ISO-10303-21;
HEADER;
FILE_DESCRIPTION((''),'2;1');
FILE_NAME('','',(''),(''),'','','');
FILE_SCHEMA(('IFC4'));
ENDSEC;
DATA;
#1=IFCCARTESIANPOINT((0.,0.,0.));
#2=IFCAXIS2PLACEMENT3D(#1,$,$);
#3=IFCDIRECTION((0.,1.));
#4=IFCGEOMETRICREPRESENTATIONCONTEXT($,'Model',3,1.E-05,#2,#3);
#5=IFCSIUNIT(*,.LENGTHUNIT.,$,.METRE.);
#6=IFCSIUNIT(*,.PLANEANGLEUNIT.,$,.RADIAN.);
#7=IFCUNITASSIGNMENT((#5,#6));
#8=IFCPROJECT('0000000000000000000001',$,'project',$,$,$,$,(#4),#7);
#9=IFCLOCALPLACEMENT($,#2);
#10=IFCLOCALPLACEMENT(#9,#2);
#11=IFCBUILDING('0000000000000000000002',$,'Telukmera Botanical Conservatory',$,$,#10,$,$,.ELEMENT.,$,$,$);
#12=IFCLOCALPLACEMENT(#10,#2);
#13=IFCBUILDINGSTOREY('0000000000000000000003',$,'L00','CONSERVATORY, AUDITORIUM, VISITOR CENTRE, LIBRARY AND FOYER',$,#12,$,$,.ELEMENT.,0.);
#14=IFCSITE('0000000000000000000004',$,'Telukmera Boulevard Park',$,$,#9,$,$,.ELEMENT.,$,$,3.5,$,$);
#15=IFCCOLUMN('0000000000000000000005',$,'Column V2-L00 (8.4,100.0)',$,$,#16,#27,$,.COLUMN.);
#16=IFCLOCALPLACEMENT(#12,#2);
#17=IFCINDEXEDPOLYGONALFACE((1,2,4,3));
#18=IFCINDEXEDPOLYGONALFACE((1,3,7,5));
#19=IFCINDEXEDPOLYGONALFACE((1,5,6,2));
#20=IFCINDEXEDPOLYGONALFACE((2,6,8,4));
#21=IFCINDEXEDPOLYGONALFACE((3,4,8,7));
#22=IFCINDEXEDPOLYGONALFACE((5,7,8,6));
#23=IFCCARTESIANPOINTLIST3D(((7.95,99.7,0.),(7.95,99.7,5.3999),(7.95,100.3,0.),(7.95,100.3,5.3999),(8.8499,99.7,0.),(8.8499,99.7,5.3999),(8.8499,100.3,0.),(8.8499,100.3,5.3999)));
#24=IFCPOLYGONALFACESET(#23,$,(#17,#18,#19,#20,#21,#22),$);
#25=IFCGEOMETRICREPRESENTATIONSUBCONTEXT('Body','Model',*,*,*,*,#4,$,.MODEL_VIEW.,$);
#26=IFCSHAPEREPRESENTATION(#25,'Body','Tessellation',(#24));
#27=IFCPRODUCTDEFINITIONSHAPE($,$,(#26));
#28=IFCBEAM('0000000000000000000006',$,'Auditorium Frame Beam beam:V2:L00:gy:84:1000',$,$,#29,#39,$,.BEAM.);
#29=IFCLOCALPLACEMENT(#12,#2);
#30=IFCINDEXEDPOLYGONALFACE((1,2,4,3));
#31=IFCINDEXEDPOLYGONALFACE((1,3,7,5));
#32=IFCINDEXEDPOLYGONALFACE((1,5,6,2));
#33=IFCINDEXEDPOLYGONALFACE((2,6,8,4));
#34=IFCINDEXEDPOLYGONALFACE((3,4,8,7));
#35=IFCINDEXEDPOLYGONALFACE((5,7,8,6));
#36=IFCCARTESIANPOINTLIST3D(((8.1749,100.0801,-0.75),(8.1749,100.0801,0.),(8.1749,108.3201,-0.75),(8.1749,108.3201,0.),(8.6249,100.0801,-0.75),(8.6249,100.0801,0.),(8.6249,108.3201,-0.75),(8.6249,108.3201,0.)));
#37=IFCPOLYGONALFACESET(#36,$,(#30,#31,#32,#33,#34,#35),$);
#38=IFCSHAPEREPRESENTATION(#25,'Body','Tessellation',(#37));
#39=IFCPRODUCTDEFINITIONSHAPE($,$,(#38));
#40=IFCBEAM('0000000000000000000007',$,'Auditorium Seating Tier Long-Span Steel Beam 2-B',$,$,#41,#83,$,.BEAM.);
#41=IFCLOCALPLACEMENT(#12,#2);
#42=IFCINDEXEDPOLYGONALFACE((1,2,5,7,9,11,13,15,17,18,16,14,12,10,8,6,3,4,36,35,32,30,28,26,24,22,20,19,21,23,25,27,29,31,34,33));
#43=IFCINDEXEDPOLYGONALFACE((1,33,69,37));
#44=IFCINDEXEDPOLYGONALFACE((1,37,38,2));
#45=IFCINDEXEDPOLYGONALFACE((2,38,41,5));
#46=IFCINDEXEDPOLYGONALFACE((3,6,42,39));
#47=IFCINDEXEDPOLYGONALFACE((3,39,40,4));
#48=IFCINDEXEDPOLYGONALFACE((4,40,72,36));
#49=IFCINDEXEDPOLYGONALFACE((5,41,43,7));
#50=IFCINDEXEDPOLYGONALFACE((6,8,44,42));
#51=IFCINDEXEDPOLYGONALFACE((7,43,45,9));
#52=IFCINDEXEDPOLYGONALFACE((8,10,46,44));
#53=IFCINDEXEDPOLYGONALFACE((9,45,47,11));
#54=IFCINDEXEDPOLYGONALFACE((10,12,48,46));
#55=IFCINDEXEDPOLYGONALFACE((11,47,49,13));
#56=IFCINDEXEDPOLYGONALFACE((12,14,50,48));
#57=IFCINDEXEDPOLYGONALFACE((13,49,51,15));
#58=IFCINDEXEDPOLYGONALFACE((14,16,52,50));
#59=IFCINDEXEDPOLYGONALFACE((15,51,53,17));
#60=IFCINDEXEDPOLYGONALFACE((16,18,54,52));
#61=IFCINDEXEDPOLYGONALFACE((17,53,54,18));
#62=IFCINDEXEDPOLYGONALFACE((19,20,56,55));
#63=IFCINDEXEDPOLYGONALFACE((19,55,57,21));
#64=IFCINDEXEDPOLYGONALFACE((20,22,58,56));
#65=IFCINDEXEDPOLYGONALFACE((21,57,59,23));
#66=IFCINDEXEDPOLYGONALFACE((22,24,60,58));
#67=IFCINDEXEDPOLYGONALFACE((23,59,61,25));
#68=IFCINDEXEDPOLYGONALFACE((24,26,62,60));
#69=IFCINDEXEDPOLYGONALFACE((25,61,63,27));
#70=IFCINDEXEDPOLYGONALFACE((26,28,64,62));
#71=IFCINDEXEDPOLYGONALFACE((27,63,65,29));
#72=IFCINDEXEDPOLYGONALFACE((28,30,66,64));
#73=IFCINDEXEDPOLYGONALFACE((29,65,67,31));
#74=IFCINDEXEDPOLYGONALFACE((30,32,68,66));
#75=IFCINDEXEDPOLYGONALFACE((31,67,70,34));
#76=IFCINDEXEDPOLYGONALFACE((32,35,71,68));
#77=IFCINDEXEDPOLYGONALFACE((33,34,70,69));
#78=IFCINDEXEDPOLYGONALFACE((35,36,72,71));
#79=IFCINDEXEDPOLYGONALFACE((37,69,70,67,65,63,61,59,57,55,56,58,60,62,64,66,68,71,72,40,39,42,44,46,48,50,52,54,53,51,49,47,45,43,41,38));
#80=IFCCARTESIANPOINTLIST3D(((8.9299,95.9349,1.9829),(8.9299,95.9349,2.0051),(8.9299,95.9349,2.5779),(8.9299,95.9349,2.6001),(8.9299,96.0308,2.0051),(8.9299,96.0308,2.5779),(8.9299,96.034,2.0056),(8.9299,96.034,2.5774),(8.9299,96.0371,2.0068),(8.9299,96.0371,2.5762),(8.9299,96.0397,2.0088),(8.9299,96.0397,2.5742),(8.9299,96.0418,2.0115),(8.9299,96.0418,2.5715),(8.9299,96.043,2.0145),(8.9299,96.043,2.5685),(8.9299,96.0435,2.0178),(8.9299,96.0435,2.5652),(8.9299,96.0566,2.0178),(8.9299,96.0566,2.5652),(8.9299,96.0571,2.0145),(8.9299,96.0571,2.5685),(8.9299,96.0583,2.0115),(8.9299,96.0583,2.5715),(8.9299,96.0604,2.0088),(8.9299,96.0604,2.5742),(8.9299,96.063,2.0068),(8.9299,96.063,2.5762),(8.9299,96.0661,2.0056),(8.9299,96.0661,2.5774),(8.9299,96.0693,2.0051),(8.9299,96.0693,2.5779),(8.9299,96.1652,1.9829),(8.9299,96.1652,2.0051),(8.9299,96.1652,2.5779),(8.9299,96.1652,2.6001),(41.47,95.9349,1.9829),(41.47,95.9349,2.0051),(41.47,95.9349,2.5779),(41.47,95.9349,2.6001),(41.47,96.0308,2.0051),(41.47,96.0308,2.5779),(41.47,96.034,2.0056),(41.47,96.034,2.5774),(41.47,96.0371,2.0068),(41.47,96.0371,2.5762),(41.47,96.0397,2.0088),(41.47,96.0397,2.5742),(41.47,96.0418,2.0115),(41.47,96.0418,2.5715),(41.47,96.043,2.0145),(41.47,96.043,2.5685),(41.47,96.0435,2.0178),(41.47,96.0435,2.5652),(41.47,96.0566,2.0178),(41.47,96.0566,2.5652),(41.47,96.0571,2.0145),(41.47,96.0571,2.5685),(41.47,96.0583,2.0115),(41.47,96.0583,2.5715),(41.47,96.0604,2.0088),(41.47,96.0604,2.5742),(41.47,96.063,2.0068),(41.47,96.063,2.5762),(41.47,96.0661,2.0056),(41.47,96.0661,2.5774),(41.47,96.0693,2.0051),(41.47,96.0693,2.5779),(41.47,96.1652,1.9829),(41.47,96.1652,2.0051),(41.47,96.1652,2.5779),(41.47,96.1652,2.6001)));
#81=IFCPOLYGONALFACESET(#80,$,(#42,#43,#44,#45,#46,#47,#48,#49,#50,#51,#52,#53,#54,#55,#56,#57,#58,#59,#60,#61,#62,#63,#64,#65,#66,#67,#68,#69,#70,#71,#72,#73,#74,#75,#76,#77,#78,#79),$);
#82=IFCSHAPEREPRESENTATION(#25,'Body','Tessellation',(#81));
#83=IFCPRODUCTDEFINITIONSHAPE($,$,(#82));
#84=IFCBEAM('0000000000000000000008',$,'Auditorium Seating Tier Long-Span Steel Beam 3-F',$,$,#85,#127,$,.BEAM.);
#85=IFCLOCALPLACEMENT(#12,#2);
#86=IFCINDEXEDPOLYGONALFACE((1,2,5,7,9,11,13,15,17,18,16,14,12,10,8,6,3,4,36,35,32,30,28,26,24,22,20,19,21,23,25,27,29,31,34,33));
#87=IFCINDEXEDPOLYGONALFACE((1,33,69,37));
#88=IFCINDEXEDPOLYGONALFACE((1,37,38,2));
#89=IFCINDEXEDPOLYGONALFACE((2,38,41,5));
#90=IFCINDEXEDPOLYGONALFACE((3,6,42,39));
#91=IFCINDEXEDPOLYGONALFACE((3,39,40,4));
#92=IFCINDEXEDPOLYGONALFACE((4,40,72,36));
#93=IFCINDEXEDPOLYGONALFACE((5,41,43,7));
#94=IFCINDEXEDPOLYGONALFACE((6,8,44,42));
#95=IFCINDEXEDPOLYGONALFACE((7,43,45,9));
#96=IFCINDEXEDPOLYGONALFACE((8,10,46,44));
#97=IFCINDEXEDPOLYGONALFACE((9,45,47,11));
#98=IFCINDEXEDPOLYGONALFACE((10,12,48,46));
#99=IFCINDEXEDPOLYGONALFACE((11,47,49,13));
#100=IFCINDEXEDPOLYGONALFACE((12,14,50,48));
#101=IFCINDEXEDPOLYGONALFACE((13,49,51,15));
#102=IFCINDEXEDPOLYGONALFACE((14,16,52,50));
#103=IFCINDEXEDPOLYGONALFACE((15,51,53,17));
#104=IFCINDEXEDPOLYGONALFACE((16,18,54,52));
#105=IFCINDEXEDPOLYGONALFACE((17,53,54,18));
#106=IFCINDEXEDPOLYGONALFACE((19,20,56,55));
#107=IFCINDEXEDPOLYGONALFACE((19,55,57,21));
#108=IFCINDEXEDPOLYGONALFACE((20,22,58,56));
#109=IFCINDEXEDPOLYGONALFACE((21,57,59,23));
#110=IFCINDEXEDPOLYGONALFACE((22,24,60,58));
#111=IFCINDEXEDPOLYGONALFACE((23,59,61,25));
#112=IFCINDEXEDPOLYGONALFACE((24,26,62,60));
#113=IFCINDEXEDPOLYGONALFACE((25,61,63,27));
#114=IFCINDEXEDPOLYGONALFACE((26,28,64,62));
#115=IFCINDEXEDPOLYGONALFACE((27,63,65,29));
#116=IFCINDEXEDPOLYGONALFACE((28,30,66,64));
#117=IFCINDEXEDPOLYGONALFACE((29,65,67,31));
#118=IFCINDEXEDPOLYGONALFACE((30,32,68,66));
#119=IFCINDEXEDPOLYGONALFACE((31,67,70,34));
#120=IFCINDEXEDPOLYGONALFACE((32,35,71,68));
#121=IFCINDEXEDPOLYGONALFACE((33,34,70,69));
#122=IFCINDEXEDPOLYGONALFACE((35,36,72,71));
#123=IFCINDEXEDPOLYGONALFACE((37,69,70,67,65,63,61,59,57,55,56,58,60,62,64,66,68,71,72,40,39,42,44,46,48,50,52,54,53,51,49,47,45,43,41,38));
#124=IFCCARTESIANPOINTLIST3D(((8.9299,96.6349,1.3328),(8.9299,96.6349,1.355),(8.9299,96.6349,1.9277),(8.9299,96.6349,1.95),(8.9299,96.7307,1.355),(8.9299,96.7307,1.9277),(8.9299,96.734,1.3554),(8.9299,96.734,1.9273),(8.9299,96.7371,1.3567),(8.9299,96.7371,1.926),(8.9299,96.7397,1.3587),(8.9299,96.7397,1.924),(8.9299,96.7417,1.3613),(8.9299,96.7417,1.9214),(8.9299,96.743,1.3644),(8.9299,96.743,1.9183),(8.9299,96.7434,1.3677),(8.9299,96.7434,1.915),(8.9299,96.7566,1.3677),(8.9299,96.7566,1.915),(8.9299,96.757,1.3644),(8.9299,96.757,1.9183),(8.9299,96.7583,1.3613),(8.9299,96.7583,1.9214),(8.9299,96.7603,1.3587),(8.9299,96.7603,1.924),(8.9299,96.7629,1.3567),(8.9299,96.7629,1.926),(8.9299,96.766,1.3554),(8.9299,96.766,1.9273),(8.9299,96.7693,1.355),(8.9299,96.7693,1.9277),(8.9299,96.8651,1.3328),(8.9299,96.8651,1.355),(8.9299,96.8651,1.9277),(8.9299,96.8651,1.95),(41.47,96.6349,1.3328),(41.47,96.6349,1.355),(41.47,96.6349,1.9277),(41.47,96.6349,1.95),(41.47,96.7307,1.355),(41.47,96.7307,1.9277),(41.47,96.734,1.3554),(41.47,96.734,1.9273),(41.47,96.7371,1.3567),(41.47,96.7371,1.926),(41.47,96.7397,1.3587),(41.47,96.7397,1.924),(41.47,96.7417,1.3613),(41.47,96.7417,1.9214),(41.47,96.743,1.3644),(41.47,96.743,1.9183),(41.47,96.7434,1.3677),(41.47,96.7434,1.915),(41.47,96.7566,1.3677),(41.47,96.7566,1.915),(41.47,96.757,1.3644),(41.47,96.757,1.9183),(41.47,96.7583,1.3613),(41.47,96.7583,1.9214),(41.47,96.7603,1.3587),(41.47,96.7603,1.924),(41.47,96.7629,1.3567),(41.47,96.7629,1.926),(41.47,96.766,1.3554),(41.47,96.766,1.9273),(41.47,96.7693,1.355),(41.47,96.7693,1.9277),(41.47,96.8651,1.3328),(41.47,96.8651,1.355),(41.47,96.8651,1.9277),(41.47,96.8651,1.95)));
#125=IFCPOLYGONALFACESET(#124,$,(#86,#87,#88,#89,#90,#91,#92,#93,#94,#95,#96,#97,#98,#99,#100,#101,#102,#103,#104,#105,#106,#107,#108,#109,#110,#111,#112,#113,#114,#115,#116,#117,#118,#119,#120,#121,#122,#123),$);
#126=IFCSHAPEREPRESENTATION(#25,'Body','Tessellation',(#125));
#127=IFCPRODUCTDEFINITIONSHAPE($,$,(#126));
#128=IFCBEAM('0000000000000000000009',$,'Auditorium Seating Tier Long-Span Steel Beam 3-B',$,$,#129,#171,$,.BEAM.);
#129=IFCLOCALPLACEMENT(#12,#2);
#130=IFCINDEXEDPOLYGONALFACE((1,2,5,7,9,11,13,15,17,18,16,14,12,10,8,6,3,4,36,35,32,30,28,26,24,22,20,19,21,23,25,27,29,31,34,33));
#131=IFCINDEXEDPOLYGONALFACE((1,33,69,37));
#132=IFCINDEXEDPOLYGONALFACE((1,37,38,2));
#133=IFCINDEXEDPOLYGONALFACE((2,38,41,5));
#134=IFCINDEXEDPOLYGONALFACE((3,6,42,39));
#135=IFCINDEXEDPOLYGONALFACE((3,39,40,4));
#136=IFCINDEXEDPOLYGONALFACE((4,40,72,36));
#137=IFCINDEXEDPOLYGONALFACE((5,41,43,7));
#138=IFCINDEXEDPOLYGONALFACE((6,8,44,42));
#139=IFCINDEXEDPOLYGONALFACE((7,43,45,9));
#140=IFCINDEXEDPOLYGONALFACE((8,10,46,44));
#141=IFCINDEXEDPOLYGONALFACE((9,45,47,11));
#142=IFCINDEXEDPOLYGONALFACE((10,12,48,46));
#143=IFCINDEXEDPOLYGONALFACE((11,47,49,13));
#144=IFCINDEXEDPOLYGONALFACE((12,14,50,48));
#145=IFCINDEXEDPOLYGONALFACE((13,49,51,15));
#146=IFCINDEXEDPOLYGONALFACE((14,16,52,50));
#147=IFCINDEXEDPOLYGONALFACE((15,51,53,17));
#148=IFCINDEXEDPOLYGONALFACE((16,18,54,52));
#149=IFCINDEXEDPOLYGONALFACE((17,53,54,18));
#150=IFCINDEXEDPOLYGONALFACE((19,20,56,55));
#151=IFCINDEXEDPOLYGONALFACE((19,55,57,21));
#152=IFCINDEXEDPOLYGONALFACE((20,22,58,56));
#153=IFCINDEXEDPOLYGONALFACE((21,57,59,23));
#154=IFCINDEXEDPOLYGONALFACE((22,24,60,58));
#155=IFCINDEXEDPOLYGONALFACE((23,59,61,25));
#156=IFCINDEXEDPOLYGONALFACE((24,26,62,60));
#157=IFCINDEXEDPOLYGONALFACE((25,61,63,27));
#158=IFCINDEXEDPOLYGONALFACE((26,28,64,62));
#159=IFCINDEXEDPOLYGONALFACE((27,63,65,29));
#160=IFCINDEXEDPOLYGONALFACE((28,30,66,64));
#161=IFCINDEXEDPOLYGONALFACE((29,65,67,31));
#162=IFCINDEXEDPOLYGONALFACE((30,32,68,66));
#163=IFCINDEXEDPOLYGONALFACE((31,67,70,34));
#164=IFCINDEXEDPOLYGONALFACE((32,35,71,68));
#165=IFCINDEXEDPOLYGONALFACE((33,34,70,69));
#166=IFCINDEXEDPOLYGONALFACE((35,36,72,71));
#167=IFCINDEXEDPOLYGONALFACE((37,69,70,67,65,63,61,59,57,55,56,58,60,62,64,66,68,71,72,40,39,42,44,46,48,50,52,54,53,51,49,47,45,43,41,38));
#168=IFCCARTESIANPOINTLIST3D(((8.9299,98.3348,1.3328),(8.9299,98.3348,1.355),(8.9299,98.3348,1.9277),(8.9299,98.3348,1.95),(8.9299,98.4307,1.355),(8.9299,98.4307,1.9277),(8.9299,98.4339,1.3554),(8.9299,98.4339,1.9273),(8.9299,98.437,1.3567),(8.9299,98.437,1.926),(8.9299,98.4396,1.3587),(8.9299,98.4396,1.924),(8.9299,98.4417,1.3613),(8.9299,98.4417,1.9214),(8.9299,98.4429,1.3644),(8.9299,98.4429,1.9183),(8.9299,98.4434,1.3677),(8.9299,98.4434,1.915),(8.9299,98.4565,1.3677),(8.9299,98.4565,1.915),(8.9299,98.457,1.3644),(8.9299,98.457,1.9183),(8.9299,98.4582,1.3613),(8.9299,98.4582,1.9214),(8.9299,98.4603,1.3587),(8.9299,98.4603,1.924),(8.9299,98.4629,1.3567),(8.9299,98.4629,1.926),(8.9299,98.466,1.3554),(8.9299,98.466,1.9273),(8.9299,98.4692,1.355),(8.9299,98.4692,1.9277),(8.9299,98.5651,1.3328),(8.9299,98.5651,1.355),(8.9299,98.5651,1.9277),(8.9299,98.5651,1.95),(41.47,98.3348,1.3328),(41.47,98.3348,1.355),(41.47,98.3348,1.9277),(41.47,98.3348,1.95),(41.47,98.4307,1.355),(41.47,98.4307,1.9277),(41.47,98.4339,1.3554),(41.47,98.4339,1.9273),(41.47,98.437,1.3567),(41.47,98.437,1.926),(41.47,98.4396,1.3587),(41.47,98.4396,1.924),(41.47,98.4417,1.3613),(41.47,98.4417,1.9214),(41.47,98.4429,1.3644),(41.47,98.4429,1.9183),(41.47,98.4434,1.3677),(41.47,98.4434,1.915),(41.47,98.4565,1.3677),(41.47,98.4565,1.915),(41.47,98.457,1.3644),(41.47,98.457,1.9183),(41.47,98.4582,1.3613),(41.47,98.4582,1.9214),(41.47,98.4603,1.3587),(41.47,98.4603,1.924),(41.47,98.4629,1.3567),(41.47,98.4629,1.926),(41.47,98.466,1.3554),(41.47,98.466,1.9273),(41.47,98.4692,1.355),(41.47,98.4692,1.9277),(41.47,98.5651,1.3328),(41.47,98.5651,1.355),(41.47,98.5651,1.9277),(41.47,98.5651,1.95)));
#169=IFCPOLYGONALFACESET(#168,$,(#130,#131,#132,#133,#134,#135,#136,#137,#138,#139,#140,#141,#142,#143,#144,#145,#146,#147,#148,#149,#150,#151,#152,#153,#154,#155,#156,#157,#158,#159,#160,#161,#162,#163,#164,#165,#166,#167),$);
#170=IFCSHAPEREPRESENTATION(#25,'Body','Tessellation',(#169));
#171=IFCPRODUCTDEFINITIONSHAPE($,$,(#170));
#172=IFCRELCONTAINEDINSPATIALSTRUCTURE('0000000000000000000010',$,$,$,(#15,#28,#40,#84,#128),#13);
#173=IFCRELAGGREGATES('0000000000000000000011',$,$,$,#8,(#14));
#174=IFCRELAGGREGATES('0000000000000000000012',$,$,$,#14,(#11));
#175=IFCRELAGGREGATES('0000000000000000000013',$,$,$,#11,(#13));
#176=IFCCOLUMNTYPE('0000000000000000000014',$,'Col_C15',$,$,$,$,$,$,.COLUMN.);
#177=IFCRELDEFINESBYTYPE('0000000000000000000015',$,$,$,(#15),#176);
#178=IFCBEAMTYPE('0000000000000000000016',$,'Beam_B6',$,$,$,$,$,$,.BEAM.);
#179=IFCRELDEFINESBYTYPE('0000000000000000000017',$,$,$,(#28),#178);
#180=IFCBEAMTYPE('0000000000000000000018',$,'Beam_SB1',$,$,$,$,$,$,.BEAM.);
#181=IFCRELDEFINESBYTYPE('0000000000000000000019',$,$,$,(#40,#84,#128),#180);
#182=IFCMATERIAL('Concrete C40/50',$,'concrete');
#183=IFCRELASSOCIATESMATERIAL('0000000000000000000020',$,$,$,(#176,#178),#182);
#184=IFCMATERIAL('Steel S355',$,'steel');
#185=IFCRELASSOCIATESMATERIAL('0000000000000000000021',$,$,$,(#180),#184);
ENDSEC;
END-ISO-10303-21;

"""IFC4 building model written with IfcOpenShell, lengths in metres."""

from ifc_helpers import new_model, si_unit, direction, frame, origin, origin_2d, place, context, subcontext, project, spatial, rectangle, i_section, extrude, material, material_profile, profile_set, type_object, element, save


model = new_model("IFC4")

# Units and contexts
model_context = context("Model", 3, precision=1e-05, world=origin(), true_north=direction((0.0, 1.0)))
body_context = subcontext(model_context, "Body", "Model", "MODEL_VIEW")
ifc_project = project(units=[si_unit("LENGTHUNIT", "METRE"), si_unit("PLANEANGLEUNIT", "RADIAN")], contexts=[model_context])

# Site, building, storey
site_placement = place(None, origin())
site = spatial("IfcSite", under=ifc_project, at=site_placement, Name="Telukmera Boulevard Park", CompositionType="ELEMENT", RefElevation=3.5)
building_placement = place(site_placement, origin())
building = spatial("IfcBuilding", under=site, at=building_placement, Name="Telukmera Botanical Conservatory", CompositionType="ELEMENT")
storey_placement = place(building_placement, origin())
storey = spatial("IfcBuildingStorey", under=building, at=storey_placement, Name="L00", Description="CONSERVATORY, AUDITORIUM, VISITOR CENTRE, LIBRARY AND FOYER", CompositionType="ELEMENT", Elevation=0.0)

# Column
ifc_material_1 = material(Name="Concrete C40/50", Category="concrete")
ifc_material_profile_1 = material_profile(ifc_material_1, rectangle(XDim=0.6001, YDim=0.8999, at=origin_2d()), Name="RC 900x600")
ifc_profile_set_1 = profile_set([ifc_material_profile_1], Name="Concrete C40/50")
column_type = type_object("IfcColumnType", Name="Col_C15", PredefinedType="COLUMN", material=ifc_profile_set_1)
column_placement = place(storey_placement, frame((8.3999, 100.0, 0.0), z_axis=(0.0, 0.0, 1.0), x_axis=(0.0, 1.0, 0.0)))
element("IfcColumn", 1, at=column_placement, inside=storey, type_object=column_type, Name="Column V2-L00 (8.4,100.0)", PredefinedType="COLUMN", context=body_context, shape_type="SweptSolid", body=[
    extrude(rectangle(XDim=0.6001, YDim=0.8999, at=origin_2d()), origin(), (0.0, 0.0, 1.0), 5.3999),
])

# Beams
ifc_material_profile_2 = material_profile(ifc_material_1, rectangle(XDim=0.45, YDim=0.75, at=origin_2d()), Name="RC 450x750")
ifc_profile_set_2 = profile_set([ifc_material_profile_2], Name="Concrete C40/50")
beam_type_1 = type_object("IfcBeamType", Name="Beam_B6", PredefinedType="BEAM", material=ifc_profile_set_2)
beam_1_placement = place(storey_placement, frame((8.3999, 100.0801, -0.375), z_axis=(0.0, 1.0, 0.0), x_axis=(-1.0, 0.0, 0.0)))
element("IfcBeam", 2, at=beam_1_placement, inside=storey, type_object=beam_type_1, Name="Auditorium Frame Beam beam:V2:L00:gy:84:1000", PredefinedType="BEAM", context=body_context, shape_type="SweptSolid", body=[
    extrude(rectangle(XDim=0.45, YDim=0.75, at=origin_2d()), origin(), (0.0, 0.0, 1.0), 8.24),
])
ifc_material_2 = material(Name="Steel S355", Category="steel")
ifc_material_profile_3 = material_profile(ifc_material_2, i_section(OverallWidth=0.2302, OverallDepth=0.6172, WebThickness=0.0132, FlangeThickness=0.0222, FilletRadius=0.0127, at=origin_2d()), Name="UB 610x229x140")
ifc_profile_set_3 = profile_set([ifc_material_profile_3], Name="Steel S355")
beam_type_2 = type_object("IfcBeamType", Name="Beam_SB1", PredefinedType="BEAM", material=ifc_profile_set_3)
for number, where, z_axis, x_axis, name in (
    (3, (8.9299, 96.05, 2.2915), (1.0, 0.0, 0.0), (0.0, 1.0, 0.0), "Auditorium Seating Tier Long-Span Steel Beam 2-B"),
    (4, (8.9299, 96.75, 1.6414), (1.0, 0.0, 0.0), (0.0, 1.0, 0.0), "Auditorium Seating Tier Long-Span Steel Beam 3-F"),
    (5, (8.9299, 98.45, 1.6414), (1.0, 0.0, 0.0), (0.0, 1.0, 0.0), "Auditorium Seating Tier Long-Span Steel Beam 3-B"),
):
    element("IfcBeam", number, at=place(storey_placement, frame(where, z_axis=z_axis, x_axis=x_axis)), inside=storey, type_object=beam_type_2, Name=name, PredefinedType="BEAM", context=body_context, shape_type="SweptSolid", body=[
        extrude(i_section(OverallWidth=0.2302, OverallDepth=0.6172, WebThickness=0.0132, FlangeThickness=0.0222, FilletRadius=0.0127, at=origin_2d()), origin(), (0.0, 0.0, 1.0), 32.54),
    ])

save(model, "model.ifc")
